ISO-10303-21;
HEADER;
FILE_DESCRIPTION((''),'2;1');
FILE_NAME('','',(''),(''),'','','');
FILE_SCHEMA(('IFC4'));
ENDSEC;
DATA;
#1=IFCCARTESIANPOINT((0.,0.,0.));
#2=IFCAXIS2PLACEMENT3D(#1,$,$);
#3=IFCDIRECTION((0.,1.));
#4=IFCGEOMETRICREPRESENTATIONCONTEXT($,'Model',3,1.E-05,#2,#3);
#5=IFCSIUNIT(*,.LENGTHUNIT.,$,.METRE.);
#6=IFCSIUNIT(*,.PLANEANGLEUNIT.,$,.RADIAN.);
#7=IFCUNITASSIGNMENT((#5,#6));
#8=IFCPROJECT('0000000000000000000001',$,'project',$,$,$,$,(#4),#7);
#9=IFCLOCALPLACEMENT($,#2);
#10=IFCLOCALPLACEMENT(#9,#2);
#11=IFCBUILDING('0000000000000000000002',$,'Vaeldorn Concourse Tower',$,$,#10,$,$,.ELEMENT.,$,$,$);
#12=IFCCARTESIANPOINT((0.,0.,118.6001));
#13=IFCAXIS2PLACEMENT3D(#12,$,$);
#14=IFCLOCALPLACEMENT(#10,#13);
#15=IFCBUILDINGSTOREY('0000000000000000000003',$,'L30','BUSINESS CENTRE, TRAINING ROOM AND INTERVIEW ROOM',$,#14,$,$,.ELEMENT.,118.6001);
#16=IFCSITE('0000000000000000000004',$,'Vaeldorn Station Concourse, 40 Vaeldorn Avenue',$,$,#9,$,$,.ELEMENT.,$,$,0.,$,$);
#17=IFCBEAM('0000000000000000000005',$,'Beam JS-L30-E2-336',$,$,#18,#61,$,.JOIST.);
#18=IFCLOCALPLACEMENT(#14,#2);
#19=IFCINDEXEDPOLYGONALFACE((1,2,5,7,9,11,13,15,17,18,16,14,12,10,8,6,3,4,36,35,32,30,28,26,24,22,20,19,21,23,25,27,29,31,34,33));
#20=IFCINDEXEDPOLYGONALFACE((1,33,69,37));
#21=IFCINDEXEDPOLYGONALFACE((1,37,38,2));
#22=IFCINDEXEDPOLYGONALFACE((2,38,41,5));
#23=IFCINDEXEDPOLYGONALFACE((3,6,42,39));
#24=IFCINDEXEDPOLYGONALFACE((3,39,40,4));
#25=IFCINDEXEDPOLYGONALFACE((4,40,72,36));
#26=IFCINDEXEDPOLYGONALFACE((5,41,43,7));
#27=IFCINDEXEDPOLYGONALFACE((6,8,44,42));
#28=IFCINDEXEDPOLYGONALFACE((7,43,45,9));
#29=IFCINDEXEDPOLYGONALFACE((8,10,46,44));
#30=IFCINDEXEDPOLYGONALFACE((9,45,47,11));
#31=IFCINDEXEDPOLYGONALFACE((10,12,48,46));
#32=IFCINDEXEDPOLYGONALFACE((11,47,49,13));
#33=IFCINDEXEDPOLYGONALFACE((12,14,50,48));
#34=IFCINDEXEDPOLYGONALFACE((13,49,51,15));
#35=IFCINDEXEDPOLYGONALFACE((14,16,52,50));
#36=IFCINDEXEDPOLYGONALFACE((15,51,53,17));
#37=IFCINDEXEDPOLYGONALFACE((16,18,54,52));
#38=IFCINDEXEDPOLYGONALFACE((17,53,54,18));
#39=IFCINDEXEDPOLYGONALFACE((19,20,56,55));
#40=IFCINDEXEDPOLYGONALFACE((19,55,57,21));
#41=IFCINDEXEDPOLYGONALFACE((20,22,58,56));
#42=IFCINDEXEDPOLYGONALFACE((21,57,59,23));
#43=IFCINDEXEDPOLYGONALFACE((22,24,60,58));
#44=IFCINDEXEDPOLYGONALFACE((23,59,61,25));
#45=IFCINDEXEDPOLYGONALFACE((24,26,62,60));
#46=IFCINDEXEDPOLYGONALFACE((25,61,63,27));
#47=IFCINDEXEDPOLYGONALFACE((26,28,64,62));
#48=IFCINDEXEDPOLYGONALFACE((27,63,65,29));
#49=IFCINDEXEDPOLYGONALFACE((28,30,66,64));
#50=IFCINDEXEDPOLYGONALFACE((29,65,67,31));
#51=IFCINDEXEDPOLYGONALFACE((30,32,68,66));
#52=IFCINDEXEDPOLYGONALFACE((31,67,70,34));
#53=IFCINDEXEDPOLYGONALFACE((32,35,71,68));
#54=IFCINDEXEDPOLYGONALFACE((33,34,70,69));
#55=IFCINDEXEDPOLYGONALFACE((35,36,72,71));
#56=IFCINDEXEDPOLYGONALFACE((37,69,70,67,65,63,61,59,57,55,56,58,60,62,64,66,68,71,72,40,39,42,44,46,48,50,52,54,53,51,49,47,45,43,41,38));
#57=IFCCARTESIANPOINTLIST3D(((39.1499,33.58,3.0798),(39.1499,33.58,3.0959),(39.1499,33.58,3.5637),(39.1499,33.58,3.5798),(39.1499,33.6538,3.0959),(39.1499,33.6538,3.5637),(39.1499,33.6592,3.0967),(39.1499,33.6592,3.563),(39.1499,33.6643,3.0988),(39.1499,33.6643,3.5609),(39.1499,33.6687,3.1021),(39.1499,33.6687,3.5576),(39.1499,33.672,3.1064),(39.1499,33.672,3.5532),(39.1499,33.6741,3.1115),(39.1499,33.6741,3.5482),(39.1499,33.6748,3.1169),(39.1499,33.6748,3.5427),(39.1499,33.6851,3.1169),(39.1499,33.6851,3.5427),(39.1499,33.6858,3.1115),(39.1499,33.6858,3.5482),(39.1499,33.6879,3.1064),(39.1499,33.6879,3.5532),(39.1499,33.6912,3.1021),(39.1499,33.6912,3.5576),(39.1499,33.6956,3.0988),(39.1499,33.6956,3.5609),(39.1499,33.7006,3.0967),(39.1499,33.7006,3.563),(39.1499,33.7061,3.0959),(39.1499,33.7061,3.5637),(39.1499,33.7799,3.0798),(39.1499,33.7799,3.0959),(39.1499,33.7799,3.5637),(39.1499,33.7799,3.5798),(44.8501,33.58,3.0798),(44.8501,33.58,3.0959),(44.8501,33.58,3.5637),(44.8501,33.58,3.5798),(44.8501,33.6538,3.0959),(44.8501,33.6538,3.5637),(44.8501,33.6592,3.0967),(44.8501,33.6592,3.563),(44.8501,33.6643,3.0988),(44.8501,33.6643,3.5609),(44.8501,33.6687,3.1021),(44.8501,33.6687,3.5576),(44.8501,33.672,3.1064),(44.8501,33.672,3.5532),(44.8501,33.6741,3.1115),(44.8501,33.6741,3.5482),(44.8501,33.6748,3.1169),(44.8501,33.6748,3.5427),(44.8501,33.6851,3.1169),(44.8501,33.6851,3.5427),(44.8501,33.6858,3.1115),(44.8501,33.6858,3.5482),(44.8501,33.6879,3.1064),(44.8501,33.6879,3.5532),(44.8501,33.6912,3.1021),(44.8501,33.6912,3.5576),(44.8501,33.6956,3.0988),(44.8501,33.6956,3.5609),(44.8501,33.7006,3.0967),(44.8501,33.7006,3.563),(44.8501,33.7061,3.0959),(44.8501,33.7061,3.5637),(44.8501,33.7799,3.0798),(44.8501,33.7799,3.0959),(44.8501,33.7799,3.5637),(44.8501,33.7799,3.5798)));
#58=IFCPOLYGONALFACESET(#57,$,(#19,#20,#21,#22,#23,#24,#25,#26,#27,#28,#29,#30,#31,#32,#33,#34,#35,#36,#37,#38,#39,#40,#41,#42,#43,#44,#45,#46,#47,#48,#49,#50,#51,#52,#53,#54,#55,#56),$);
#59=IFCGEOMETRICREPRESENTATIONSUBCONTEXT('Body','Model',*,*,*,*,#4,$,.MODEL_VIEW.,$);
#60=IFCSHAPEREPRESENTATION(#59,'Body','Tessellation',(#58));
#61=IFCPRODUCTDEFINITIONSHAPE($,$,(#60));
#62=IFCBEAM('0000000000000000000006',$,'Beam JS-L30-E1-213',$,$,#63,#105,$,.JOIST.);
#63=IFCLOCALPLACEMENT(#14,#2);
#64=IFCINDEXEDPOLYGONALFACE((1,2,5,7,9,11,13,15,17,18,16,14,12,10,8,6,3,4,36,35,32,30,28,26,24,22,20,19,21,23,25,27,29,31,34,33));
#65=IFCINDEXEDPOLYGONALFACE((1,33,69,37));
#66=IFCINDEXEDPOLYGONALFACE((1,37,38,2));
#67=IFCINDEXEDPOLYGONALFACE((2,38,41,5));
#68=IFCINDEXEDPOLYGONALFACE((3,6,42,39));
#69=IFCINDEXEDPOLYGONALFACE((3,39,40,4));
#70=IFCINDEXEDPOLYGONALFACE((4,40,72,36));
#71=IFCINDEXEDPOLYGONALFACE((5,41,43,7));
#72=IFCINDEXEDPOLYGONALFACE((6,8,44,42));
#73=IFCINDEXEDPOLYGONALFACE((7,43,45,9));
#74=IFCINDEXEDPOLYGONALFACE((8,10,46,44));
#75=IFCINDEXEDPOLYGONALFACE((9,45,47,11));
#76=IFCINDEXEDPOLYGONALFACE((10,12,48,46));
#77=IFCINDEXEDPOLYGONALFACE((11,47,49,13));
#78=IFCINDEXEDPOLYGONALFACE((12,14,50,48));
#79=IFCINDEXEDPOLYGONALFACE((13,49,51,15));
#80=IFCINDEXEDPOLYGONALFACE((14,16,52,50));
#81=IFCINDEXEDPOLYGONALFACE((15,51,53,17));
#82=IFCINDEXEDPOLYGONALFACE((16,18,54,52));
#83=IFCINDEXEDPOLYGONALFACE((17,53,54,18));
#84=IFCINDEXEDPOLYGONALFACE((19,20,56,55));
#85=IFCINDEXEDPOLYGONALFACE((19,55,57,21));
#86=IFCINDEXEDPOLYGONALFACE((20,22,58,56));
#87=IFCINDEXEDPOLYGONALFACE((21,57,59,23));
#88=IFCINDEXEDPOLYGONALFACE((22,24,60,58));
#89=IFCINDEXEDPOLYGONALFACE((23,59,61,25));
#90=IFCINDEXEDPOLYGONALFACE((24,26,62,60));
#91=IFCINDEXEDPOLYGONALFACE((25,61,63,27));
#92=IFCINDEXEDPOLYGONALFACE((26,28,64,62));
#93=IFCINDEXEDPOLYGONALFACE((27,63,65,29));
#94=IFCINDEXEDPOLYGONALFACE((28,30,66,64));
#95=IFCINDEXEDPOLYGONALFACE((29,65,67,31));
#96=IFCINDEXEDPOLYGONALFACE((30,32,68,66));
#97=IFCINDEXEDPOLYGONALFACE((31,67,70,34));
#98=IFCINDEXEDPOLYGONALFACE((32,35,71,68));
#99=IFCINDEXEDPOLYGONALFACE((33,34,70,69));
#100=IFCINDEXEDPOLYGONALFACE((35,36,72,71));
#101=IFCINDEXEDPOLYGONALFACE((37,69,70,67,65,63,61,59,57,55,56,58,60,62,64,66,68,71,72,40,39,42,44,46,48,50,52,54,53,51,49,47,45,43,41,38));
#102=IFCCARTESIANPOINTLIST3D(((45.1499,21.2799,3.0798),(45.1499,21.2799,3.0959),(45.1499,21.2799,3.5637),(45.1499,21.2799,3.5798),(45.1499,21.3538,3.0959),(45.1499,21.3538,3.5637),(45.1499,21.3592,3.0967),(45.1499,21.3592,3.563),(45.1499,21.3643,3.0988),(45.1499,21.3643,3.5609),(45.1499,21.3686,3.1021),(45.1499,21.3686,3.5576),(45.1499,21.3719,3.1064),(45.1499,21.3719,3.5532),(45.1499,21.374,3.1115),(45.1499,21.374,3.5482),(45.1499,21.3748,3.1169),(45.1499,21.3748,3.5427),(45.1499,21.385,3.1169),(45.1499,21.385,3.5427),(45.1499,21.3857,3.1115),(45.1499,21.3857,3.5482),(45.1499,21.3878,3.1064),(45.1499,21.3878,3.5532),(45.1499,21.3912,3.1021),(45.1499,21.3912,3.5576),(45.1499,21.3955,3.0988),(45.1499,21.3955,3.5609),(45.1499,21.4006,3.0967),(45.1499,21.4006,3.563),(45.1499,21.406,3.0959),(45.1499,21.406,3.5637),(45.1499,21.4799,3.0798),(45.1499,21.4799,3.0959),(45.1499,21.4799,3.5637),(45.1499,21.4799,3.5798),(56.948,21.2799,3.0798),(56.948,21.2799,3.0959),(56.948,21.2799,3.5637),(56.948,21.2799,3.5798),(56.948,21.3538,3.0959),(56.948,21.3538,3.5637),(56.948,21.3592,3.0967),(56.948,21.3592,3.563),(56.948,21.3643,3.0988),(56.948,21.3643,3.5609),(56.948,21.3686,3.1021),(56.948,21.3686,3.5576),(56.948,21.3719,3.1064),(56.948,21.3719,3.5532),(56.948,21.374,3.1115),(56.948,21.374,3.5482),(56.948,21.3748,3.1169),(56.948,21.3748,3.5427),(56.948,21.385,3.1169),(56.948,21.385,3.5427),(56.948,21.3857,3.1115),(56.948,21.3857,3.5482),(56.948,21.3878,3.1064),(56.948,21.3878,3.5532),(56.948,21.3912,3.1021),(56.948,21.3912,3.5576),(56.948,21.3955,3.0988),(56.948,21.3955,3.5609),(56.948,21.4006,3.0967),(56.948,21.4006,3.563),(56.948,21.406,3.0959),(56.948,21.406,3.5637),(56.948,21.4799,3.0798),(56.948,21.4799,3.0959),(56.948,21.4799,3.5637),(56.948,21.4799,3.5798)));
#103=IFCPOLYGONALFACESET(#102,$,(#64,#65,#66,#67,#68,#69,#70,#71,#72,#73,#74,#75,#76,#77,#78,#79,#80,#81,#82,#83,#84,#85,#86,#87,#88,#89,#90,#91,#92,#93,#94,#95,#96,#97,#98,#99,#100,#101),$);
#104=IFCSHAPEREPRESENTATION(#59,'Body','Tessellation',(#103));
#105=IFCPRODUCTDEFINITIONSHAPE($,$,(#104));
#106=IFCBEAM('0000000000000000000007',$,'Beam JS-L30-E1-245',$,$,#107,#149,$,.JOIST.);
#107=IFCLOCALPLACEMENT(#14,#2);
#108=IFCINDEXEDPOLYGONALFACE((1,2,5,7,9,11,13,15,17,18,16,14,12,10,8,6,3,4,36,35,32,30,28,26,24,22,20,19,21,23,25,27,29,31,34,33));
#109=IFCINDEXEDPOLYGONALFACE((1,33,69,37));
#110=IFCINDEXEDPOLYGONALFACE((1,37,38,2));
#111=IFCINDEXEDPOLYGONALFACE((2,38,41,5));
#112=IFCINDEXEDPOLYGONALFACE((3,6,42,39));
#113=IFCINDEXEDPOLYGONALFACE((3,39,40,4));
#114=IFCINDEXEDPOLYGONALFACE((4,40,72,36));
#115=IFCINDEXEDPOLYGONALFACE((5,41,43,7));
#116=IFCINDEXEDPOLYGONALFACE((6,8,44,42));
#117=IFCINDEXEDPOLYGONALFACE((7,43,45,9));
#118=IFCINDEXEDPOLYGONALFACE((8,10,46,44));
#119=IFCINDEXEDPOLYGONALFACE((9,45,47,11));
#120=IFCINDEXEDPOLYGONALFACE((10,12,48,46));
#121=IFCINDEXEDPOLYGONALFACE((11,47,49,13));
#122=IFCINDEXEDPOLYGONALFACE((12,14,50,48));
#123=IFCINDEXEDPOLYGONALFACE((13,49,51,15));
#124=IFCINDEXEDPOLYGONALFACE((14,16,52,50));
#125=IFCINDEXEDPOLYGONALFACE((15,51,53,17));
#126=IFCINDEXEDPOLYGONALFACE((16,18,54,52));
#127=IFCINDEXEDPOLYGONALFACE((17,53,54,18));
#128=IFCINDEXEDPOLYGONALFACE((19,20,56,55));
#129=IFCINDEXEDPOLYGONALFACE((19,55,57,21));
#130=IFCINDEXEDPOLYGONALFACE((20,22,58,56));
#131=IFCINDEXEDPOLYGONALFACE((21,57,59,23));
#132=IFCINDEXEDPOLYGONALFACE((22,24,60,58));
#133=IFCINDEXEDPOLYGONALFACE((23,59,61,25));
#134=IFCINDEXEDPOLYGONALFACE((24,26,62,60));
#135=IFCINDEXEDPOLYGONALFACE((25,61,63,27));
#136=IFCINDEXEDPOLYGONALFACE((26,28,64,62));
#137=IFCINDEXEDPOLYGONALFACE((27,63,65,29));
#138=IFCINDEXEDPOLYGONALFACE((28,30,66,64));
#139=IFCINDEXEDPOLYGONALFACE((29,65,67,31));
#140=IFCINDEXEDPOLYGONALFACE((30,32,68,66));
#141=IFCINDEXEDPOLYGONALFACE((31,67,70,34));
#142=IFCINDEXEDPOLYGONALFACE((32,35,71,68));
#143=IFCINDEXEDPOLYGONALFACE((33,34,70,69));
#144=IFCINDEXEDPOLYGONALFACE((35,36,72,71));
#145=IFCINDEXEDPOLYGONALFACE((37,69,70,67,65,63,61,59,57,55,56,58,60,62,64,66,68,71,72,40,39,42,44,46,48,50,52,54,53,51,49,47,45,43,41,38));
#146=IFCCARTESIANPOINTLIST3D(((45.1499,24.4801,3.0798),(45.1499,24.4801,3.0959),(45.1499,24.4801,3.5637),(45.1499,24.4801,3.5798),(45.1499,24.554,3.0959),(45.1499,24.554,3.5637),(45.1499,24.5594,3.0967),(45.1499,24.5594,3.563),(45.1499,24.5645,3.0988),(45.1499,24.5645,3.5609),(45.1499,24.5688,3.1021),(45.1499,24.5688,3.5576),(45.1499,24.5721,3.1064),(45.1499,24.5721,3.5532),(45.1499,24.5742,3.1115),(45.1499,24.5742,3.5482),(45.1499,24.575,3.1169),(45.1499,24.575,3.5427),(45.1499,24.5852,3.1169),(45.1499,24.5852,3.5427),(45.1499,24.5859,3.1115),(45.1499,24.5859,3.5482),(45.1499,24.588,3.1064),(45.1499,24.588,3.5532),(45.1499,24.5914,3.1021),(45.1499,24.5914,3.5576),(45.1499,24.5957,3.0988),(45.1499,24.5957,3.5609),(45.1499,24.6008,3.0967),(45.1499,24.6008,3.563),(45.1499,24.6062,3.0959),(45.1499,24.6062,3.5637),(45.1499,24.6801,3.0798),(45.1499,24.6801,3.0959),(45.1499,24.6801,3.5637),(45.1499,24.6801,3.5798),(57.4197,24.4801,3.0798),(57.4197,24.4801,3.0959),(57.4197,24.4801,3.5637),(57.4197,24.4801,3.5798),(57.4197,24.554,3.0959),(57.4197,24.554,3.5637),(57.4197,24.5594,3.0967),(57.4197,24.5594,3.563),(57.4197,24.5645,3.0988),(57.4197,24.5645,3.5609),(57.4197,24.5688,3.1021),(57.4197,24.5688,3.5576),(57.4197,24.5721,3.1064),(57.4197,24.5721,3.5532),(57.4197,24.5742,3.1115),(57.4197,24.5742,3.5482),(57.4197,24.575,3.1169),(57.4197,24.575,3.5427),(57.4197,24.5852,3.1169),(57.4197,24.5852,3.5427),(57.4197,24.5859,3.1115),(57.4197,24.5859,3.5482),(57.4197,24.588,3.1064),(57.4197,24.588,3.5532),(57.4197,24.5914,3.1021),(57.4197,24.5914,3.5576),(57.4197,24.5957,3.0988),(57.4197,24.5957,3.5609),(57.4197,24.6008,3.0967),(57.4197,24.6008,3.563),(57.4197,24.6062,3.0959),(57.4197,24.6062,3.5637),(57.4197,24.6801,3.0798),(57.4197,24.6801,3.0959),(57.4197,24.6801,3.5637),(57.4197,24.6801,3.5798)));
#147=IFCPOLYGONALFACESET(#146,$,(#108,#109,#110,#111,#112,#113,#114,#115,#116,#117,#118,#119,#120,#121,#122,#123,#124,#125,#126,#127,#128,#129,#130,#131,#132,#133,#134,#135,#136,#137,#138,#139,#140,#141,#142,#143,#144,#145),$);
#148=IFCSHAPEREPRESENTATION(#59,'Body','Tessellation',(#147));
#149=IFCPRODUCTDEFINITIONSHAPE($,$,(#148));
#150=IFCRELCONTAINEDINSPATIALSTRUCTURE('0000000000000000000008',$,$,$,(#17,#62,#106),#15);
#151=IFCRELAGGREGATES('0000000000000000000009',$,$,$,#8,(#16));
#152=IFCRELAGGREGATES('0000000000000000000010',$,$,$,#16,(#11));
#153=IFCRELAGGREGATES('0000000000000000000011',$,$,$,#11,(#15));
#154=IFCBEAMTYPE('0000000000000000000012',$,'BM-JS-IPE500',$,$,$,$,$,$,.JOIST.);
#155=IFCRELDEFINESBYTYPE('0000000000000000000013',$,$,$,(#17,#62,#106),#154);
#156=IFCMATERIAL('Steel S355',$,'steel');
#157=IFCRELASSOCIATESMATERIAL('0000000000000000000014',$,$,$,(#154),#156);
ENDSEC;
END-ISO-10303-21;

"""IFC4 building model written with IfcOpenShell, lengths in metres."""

from ifc_helpers import new_model, si_unit, direction, frame, origin, origin_2d, place, context, subcontext, project, spatial, i_section, extrude, source, transform, mapped, material, material_profile, profile_set, type_object, element, save


model = new_model("IFC4")

# Units and contexts
model_context = context("Model", 3, precision=1e-05, world=origin(), true_north=direction((0.0, 1.0)))
body_context = subcontext(model_context, "Body", "Model", "MODEL_VIEW")
ifc_project = project(units=[si_unit("LENGTHUNIT", "METRE"), si_unit("PLANEANGLEUNIT", "RADIAN")], contexts=[model_context])

# Site, building, storey
site_placement = place(None, origin())
site = spatial("IfcSite", under=ifc_project, at=site_placement, Name="Vaeldorn Station Concourse, 40 Vaeldorn Avenue", CompositionType="ELEMENT", RefElevation=0.0)
building_placement = place(site_placement, origin())
building = spatial("IfcBuilding", under=site, at=building_placement, Name="Vaeldorn Concourse Tower", CompositionType="ELEMENT")
storey_placement = place(building_placement, frame((0.0, 0.0, 118.6001)))
storey = spatial("IfcBuildingStorey", under=building, at=storey_placement, Name="L30", Description="BUSINESS CENTRE, TRAINING ROOM AND INTERVIEW ROOM", CompositionType="ELEMENT", Elevation=118.6001)

# Beams
ifc_material_1 = material(Name="Steel S355", Category="steel")
ifc_material_profile_1 = material_profile(ifc_material_1, i_section(OverallWidth=0.2, OverallDepth=0.5, WebThickness=0.0103, FlangeThickness=0.0161, FilletRadius=0.021, at=origin_2d()), Name="IPE 500")
ifc_profile_set_1 = profile_set([ifc_material_profile_1], Name="Steel S355")
beam_type_1 = type_object("IfcBeamType", Name="BM-JS-IPE500", PredefinedType="JOIST", material=ifc_profile_set_1)
shared_shape_1 = source(origin(), body_context, "Body", "SweptSolid", [
    extrude(i_section(OverallWidth=0.2, OverallDepth=0.5, WebThickness=0.0103, FlangeThickness=0.0161, FilletRadius=0.021, at=origin_2d()), origin(), (0.0, 0.0, 1.0), 5.7002),
])
for number, where, z_axis, x_axis, name in (
    (1, (39.1499, 33.6799, 3.3298), (1.0, 0.0, 0.0), (0.0, 1.0, 0.0), "Beam JS-L30-E2-336"),
):
    element("IfcBeam", number, at=place(storey_placement, frame(where, z_axis=z_axis, x_axis=x_axis)), inside=storey, type_object=beam_type_1, Name=name, PredefinedType="JOIST", context=body_context, shape_type="MappedRepresentation", body=[
        mapped(shared_shape_1, transform((0.0, 0.0, 0.0), scale=1.0)),
    ])
shared_shape_2 = source(origin(), body_context, "Body", "SweptSolid", [
    extrude(i_section(OverallWidth=0.2, OverallDepth=0.5, WebThickness=0.0103, FlangeThickness=0.0161, FilletRadius=0.021, at=origin_2d()), origin(), (0.0, 0.0, 1.0), 11.7981),
])
beam_1_placement = place(storey_placement, frame((45.1499, 21.3799, 3.3298), z_axis=(1.0, 0.0, 0.0), x_axis=(0.0, 1.0, 0.0)))
element("IfcBeam", 2, at=beam_1_placement, inside=storey, type_object=beam_type_1, Name="Beam JS-L30-E1-213", PredefinedType="JOIST", context=body_context, shape_type="MappedRepresentation", body=[
    mapped(shared_shape_2, transform((0.0, 0.0, 0.0), scale=1.0)),
])
shared_shape_3 = source(origin(), body_context, "Body", "SweptSolid", [
    extrude(i_section(OverallWidth=0.2, OverallDepth=0.5, WebThickness=0.0103, FlangeThickness=0.0161, FilletRadius=0.021, at=origin_2d()), origin(), (0.0, 0.0, 1.0), 12.2698),
])
beam_2_placement = place(storey_placement, frame((45.1499, 24.5801, 3.3298), z_axis=(1.0, 0.0, 0.0), x_axis=(0.0, 1.0, 0.0)))
element("IfcBeam", 3, at=beam_2_placement, inside=storey, type_object=beam_type_1, Name="Beam JS-L30-E1-245", PredefinedType="JOIST", context=body_context, shape_type="MappedRepresentation", body=[
    mapped(shared_shape_3, transform((0.0, 0.0, 0.0), scale=1.0)),
])

save(model, "model.ifc")
